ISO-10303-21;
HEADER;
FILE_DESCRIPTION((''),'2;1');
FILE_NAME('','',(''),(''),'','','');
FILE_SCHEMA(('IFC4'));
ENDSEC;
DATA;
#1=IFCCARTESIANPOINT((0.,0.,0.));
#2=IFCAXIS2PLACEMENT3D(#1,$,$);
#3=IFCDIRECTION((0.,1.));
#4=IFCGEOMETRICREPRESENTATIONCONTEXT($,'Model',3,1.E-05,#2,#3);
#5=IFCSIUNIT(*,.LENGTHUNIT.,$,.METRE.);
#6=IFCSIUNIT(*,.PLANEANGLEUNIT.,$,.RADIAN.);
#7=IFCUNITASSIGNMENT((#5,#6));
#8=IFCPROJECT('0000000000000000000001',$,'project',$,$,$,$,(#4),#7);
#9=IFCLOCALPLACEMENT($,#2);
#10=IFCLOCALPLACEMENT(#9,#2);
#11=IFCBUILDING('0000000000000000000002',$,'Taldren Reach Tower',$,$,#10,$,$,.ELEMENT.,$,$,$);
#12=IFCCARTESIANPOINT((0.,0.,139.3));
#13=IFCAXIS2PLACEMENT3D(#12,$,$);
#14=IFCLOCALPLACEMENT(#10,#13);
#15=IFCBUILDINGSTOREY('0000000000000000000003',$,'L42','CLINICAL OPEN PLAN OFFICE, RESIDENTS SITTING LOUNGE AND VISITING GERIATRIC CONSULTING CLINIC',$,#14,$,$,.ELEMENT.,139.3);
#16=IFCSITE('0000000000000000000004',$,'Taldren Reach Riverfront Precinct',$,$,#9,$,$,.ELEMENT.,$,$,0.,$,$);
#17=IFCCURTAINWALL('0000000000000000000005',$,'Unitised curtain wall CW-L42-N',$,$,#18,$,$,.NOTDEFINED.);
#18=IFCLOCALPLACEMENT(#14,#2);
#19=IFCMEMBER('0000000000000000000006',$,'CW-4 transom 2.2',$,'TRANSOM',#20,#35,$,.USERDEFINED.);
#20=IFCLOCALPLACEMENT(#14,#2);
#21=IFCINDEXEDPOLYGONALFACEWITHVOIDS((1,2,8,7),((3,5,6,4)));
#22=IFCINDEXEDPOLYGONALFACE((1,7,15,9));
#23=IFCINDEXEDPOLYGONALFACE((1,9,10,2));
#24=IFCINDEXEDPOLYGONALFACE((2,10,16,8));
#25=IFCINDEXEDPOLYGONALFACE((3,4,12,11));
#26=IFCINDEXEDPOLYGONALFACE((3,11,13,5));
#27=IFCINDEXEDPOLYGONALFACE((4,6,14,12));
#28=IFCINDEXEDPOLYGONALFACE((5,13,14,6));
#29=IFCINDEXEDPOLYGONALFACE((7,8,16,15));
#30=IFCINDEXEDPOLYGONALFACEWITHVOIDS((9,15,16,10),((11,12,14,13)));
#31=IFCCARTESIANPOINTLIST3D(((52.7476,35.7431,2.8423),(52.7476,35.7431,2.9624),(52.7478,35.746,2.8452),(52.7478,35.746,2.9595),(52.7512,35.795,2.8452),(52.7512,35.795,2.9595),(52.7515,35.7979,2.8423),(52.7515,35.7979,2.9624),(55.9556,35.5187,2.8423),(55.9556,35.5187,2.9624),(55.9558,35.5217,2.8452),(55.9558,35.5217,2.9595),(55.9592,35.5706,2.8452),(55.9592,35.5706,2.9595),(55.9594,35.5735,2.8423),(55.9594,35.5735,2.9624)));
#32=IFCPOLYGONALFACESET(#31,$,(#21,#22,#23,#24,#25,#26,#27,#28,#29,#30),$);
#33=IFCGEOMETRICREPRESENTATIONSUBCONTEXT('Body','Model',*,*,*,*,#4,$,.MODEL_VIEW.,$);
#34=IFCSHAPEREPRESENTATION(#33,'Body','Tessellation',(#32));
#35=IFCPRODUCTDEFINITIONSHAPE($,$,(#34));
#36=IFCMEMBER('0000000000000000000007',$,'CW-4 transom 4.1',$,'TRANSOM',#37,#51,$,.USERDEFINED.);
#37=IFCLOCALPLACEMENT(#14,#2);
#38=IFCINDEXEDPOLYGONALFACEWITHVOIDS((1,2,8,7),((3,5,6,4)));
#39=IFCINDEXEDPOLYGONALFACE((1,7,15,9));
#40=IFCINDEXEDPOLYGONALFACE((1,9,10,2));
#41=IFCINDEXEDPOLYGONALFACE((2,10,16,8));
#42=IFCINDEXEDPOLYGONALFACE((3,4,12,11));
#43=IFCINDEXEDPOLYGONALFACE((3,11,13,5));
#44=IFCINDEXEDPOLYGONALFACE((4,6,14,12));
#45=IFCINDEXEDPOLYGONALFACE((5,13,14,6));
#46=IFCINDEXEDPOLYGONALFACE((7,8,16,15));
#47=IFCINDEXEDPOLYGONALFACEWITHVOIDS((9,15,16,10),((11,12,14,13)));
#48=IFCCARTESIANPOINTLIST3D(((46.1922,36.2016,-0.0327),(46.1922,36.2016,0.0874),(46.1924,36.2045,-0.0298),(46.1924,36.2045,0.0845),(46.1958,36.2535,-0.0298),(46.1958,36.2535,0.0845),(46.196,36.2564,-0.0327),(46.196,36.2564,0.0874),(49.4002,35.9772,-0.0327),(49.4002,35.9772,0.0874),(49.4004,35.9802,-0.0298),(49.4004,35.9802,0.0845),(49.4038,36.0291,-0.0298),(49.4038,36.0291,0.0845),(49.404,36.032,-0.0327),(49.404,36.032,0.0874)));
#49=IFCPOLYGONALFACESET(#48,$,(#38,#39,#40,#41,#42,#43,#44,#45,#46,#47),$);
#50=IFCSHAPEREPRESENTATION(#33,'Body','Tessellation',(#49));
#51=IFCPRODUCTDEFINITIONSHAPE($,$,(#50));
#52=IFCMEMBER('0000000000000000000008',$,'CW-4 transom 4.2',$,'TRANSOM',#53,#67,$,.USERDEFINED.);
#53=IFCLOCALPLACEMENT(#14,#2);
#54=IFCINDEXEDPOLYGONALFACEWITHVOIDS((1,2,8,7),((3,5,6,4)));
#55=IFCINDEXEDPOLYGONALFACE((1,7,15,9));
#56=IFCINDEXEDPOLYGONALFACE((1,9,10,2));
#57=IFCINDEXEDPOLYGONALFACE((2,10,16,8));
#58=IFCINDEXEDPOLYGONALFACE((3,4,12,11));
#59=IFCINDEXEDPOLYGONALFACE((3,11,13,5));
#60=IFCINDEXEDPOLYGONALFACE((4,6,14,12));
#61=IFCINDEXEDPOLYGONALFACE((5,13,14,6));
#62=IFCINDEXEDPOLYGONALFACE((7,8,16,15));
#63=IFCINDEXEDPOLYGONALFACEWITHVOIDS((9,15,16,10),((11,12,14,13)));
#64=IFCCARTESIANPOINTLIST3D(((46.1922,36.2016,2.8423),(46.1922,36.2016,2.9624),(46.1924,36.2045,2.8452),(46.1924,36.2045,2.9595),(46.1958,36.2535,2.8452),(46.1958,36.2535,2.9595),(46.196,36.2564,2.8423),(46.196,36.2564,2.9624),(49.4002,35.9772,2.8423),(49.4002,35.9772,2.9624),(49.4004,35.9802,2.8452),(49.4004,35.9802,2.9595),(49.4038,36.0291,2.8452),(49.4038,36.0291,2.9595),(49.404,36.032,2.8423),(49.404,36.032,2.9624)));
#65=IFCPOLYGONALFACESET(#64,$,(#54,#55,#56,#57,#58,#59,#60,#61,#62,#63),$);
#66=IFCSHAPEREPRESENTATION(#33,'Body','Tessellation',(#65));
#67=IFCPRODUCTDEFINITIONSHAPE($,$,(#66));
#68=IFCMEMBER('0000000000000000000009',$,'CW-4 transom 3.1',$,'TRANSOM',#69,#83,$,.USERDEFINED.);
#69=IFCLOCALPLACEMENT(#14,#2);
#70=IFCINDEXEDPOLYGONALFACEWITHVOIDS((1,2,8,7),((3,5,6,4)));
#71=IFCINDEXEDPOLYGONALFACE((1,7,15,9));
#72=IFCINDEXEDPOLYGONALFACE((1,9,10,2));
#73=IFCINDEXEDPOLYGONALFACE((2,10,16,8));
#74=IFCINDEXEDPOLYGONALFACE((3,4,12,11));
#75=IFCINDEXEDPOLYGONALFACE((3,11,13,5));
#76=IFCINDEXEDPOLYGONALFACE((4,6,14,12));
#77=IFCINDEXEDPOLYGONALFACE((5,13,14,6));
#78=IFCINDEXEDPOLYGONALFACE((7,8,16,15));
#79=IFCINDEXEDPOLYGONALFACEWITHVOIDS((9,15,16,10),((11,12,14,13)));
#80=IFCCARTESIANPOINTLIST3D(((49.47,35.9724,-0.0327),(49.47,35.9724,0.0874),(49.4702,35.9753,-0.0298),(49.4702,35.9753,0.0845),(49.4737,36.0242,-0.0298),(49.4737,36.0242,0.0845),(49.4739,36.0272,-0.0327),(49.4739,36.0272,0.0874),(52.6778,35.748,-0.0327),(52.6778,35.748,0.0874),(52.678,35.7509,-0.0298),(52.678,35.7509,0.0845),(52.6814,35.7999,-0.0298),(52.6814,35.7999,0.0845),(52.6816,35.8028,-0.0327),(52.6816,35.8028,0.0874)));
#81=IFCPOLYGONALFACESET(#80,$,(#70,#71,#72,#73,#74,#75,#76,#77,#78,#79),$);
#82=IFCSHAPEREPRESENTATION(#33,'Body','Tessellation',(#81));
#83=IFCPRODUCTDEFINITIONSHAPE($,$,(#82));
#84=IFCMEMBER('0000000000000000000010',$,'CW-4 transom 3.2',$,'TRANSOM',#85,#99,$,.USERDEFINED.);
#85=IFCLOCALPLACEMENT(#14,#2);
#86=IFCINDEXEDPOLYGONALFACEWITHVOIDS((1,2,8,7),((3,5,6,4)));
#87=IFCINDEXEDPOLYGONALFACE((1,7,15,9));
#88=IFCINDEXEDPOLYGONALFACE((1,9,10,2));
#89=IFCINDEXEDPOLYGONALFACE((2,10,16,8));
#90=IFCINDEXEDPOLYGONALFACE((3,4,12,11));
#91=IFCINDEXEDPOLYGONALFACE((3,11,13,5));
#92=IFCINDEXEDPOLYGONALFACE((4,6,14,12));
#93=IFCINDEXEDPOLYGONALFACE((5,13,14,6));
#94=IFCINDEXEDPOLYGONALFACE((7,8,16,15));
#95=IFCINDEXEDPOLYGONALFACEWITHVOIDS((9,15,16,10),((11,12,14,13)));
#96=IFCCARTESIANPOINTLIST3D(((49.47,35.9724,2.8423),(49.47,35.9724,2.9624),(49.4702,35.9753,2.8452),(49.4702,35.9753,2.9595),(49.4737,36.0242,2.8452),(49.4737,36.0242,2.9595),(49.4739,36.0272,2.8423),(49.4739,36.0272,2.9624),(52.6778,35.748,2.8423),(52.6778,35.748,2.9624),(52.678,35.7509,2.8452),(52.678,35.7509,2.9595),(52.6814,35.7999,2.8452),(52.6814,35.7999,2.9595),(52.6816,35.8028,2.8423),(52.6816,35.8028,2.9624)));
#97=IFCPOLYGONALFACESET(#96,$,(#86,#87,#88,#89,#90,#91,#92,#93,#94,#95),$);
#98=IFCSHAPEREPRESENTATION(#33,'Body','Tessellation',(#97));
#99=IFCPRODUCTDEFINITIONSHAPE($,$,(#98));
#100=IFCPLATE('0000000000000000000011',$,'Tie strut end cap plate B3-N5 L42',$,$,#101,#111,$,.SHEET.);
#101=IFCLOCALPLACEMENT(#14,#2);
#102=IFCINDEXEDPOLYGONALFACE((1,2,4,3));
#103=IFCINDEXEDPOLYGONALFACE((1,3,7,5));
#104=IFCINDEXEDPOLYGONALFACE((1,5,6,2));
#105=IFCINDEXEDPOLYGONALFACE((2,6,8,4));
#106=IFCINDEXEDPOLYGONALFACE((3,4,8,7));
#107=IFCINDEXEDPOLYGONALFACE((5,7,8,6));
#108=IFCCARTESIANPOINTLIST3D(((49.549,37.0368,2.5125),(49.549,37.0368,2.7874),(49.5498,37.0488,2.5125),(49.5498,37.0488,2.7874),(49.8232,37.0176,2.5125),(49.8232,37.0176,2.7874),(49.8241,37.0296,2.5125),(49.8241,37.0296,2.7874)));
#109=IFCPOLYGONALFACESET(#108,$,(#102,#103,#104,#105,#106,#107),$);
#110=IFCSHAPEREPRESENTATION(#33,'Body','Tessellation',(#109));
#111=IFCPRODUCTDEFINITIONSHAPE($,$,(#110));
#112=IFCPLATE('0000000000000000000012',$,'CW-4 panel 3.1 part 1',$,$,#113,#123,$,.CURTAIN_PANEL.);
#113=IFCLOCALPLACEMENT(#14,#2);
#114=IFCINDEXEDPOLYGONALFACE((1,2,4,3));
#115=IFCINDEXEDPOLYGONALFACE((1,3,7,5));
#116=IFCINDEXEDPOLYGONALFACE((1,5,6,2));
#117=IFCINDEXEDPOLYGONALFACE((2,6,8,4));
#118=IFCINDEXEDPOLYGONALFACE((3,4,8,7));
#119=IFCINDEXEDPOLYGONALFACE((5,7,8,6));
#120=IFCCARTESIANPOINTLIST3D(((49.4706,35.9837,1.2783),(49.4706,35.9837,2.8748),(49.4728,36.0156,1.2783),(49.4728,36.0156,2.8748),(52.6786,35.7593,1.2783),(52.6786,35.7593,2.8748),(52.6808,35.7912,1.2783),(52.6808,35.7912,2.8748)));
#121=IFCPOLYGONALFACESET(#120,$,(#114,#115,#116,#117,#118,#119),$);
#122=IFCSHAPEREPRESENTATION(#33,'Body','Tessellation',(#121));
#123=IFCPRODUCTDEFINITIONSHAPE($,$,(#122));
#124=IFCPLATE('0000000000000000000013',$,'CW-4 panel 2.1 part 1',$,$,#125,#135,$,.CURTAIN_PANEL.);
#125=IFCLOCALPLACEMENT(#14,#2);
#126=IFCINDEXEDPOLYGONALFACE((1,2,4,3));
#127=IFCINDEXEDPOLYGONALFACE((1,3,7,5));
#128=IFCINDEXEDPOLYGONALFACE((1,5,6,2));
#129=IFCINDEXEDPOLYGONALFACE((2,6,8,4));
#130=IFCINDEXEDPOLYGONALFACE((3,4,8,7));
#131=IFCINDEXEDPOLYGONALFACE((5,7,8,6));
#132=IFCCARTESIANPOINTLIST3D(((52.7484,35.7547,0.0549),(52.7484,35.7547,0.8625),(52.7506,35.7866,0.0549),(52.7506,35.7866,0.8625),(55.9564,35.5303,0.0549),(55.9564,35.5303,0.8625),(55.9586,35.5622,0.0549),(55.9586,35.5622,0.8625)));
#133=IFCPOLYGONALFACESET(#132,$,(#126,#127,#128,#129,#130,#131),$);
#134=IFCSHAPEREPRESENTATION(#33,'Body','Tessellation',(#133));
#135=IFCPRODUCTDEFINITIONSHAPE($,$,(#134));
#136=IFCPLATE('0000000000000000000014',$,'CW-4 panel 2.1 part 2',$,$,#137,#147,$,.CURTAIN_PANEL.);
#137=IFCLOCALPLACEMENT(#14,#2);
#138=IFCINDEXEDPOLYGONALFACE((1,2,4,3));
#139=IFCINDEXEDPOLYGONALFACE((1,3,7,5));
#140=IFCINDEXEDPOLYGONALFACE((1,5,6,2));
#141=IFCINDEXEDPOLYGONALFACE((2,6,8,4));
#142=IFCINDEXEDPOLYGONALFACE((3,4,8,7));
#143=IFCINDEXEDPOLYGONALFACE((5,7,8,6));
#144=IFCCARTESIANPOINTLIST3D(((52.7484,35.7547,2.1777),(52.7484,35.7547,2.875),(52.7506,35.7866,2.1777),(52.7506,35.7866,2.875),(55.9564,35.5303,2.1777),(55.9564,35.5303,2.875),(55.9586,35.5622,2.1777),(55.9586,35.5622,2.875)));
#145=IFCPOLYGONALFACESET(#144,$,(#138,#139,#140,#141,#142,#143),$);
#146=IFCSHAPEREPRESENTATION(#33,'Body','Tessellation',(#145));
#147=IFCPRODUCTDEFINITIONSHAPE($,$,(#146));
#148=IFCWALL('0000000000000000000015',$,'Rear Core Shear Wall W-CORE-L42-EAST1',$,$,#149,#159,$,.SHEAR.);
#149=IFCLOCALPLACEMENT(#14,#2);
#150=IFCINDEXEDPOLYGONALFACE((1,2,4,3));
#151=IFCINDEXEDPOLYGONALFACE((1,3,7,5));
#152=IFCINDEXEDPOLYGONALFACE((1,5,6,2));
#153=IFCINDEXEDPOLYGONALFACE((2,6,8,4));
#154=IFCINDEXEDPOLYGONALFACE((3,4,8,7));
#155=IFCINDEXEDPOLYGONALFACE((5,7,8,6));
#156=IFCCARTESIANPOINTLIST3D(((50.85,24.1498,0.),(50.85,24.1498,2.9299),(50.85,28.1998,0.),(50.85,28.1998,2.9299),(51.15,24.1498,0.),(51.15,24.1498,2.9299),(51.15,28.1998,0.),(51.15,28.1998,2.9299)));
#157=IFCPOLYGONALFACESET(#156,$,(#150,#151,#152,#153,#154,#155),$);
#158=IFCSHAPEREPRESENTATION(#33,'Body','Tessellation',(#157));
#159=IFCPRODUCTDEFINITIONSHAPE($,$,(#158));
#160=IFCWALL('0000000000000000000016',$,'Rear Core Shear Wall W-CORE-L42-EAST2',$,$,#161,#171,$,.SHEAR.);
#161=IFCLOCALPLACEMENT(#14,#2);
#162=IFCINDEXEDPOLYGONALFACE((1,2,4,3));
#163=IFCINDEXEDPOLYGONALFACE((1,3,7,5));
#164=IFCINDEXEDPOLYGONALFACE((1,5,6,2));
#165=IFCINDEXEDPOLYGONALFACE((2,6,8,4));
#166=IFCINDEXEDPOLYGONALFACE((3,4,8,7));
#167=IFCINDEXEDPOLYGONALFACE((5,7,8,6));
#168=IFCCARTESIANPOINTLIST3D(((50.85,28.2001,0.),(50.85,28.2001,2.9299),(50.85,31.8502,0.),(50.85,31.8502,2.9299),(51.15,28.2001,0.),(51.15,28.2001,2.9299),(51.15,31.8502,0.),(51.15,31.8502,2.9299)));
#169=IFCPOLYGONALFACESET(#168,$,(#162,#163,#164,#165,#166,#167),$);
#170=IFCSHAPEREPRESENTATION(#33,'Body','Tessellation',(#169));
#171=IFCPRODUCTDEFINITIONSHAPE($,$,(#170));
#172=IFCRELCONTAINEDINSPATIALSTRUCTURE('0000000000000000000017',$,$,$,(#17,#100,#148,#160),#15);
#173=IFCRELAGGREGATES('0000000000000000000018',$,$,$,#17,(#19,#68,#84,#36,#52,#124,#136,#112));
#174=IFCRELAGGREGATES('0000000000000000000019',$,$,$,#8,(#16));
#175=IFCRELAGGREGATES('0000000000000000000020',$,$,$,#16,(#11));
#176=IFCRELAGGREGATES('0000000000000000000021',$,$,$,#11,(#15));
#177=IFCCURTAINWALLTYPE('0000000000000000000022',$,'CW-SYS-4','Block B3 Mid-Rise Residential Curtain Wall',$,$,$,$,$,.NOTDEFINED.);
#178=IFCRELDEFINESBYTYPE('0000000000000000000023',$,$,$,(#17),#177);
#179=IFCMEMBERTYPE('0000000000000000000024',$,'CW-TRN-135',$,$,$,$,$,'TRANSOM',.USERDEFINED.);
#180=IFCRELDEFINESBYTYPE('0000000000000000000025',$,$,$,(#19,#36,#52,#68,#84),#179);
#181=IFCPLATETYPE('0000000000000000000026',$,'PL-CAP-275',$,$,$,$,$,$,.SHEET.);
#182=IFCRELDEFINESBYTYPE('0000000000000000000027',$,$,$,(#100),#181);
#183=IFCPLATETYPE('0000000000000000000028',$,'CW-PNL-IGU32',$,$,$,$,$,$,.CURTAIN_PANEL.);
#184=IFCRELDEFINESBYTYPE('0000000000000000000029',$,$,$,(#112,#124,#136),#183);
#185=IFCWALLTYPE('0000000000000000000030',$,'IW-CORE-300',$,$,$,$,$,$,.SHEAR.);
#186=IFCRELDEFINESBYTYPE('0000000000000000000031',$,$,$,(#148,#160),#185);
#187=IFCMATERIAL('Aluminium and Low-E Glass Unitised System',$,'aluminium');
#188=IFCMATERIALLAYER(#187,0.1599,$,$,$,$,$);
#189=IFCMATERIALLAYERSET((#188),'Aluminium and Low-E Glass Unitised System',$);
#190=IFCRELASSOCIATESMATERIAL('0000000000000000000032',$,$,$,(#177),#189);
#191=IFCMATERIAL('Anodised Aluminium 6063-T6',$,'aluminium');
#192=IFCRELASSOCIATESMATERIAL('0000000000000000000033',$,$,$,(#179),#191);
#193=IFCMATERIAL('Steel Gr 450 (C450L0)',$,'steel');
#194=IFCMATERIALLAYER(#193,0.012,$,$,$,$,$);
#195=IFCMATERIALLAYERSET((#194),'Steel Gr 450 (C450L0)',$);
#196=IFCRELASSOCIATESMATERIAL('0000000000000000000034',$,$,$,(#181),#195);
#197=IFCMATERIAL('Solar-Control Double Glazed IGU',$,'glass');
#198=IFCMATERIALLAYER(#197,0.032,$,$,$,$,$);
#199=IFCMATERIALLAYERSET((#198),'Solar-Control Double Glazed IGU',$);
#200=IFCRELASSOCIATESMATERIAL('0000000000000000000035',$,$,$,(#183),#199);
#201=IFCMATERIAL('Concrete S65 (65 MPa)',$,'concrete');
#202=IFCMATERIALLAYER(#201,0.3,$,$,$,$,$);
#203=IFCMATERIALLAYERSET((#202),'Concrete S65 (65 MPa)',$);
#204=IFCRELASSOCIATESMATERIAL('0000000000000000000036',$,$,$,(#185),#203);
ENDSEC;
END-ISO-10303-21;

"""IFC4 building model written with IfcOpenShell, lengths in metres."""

from ifc_helpers import new_model, si_unit, direction, frame, frame_2d, origin, origin_2d, place, context, subcontext, project, spatial, rectangle, hollow_rectangle, extrude, source, transform, mapped, material, layer, layer_set, material_profile, profile_set, type_object, element, aggregate, save


model = new_model("IFC4")

# Units and contexts
model_context = context("Model", 3, precision=1e-05, world=origin(), true_north=direction((0.0, 1.0)))
body_context = subcontext(model_context, "Body", "Model", "MODEL_VIEW")
ifc_project = project(units=[si_unit("LENGTHUNIT", "METRE"), si_unit("PLANEANGLEUNIT", "RADIAN")], contexts=[model_context])

# Site, building, storey
site_placement = place(None, origin())
site = spatial("IfcSite", under=ifc_project, at=site_placement, Name="Taldren Reach Riverfront Precinct", CompositionType="ELEMENT", RefElevation=0.0)
building_placement = place(site_placement, origin())
building = spatial("IfcBuilding", under=site, at=building_placement, Name="Taldren Reach Tower", CompositionType="ELEMENT")
storey_placement = place(building_placement, frame((0.0, 0.0, 139.3)))
storey = spatial("IfcBuildingStorey", under=building, at=storey_placement, Name="L42", Description="CLINICAL OPEN PLAN OFFICE, RESIDENTS SITTING LOUNGE AND VISITING GERIATRIC CONSULTING CLINIC", CompositionType="ELEMENT", Elevation=139.3)

# Shared definitions
ifc_material_1 = material(Name="Steel Gr 450 (C450L0)", Category="steel")

# Curtain wall, members
ifc_material_2 = material(Name="Aluminium and Low-E Glass Unitised System", Category="aluminium")
ifc_layer_1 = layer(ifc_material_2, 0.1599)
ifc_layer_set_1 = layer_set([ifc_layer_1], Name="Aluminium and Low-E Glass Unitised System")
curtain_wall_type = type_object("IfcCurtainWallType", Name="CW-SYS-4", Description="Block B3 Mid-Rise Residential Curtain Wall", PredefinedType="NOTDEFINED", material=ifc_layer_set_1)
curtain_wall_placement = place(storey_placement, origin())
curtain_wall = element("IfcCurtainWall", 1, at=curtain_wall_placement, inside=storey, type_object=curtain_wall_type, Name="Unitised curtain wall CW-L42-N", PredefinedType="NOTDEFINED")
ifc_material_3 = material(Name="Anodised Aluminium 6063-T6", Category="aluminium")
ifc_material_profile_1 = material_profile(ifc_material_3, hollow_rectangle(XDim=0.0549, YDim=0.1201, WallThickness=0.0029, at=origin_2d()), Name="ALU-120x55x3RHS")
ifc_profile_set_1 = profile_set([ifc_material_profile_1], Name="Anodised Aluminium 6063-T6")
member_type_1 = type_object("IfcMemberType", Name="CW-TRN-135", ElementType="TRANSOM", PredefinedType="USERDEFINED", material=ifc_profile_set_1)
shared_shape_1 = source(origin(), body_context, "Body", "SweptSolid", [
    extrude(hollow_rectangle(XDim=0.0549, YDim=0.1201, WallThickness=0.0029, at=origin_2d()), origin(), (0.0, 0.0, 1.0), 3.2158),
])
member_1_placement = place(storey_placement, frame((55.9575, 35.5461, 2.9023), z_axis=(-0.997563, 0.069769, 0.0), x_axis=(-0.069769, -0.997563, 0.0)))
member_1 = element("IfcMember", 2, at=member_1_placement, type_object=member_type_1, Name="CW-4 transom 2.2", ObjectType="TRANSOM", PredefinedType="USERDEFINED", context=body_context, shape_type="MappedRepresentation", body=[
    mapped(shared_shape_1, transform((0.0, 0.0, 0.0), scale=1.0)),
])
member_2_placement = place(storey_placement, frame((49.4021, 36.0046, 0.0273), z_axis=(-0.997563, 0.069769, 0.0), x_axis=(-0.069769, -0.997563, 0.0)))
member_2 = element("IfcMember", 3, at=member_2_placement, type_object=member_type_1, Name="CW-4 transom 4.1", ObjectType="TRANSOM", PredefinedType="USERDEFINED", context=body_context, shape_type="MappedRepresentation", body=[
    mapped(shared_shape_1, transform((0.0, 0.0, 0.0), scale=1.0)),
])
member_3_placement = place(storey_placement, frame((49.4021, 36.0046, 2.9023), z_axis=(-0.997563, 0.069769, 0.0), x_axis=(-0.069769, -0.997563, 0.0)))
member_3 = element("IfcMember", 4, at=member_3_placement, type_object=member_type_1, Name="CW-4 transom 4.2", ObjectType="TRANSOM", PredefinedType="USERDEFINED", context=body_context, shape_type="MappedRepresentation", body=[
    mapped(shared_shape_1, transform((0.0, 0.0, 0.0), scale=1.0)),
])
shared_shape_2 = source(origin(), body_context, "Body", "SweptSolid", [
    extrude(hollow_rectangle(XDim=0.0549, YDim=0.1201, WallThickness=0.0029, at=origin_2d()), origin(), (0.0, 0.0, 1.0), 3.2156),
])
member_4_placement = place(storey_placement, frame((52.6797, 35.7754, 0.0273), z_axis=(-0.997563, 0.069774, 0.0), x_axis=(-0.069774, -0.997563, 0.0)))
member_4 = element("IfcMember", 5, at=member_4_placement, type_object=member_type_1, Name="CW-4 transom 3.1", ObjectType="TRANSOM", PredefinedType="USERDEFINED", context=body_context, shape_type="MappedRepresentation", body=[
    mapped(shared_shape_2, transform((0.0, 0.0, 0.0), scale=1.0)),
])
member_5_placement = place(storey_placement, frame((52.6797, 35.7754, 2.9023), z_axis=(-0.997563, 0.069774, 0.0), x_axis=(-0.069774, -0.997563, 0.0)))
member_5 = element("IfcMember", 6, at=member_5_placement, type_object=member_type_1, Name="CW-4 transom 3.2", ObjectType="TRANSOM", PredefinedType="USERDEFINED", context=body_context, shape_type="MappedRepresentation", body=[
    mapped(shared_shape_2, transform((0.0, 0.0, 0.0), scale=1.0)),
])

# Plates
ifc_layer_2 = layer(ifc_material_1, 0.012)
ifc_layer_set_2 = layer_set([ifc_layer_2], Name="Steel Gr 450 (C450L0)")
plate_type_1 = type_object("IfcPlateType", Name="PL-CAP-275", PredefinedType="SHEET", material=ifc_layer_set_2)
shared_shape_3 = source(origin(), body_context, "Body", "SweptSolid", [
    extrude(rectangle(XDim=0.2749, YDim=0.012, at=origin_2d()), origin(), (0.0, 0.0, 1.0), 0.2749),
])
plate_1_placement = place(storey_placement, frame((49.6865, 37.0332, 2.5125), z_axis=(0.0, 0.0, 1.0), x_axis=(0.997564, -0.069756, 0.0)))
element("IfcPlate", 7, at=plate_1_placement, inside=storey, type_object=plate_type_1, Name="Tie strut end cap plate B3-N5 L42", PredefinedType="SHEET", context=body_context, shape_type="MappedRepresentation", body=[
    mapped(shared_shape_3, transform((0.0, 0.0, 0.0), scale=1.0)),
])
ifc_material_4 = material(Name="Solar-Control Double Glazed IGU", Category="glass")
ifc_layer_3 = layer(ifc_material_4, 0.032)
ifc_layer_set_3 = layer_set([ifc_layer_3], Name="Solar-Control Double Glazed IGU")
plate_type_2 = type_object("IfcPlateType", Name="CW-PNL-IGU32", PredefinedType="CURTAIN_PANEL", material=ifc_layer_set_3)
shared_shape_4 = source(origin(), body_context, "Body", "SweptSolid", [
    extrude(rectangle(XDim=3.2158, YDim=0.032, at=origin_2d()), origin(), (0.0, 0.0, 1.0), 1.5964),
])
plate_2_placement = place(storey_placement, frame((51.0757, 35.8875, 1.2783), z_axis=(0.0, 0.0, 1.0), x_axis=(-0.997564, 0.069757, 0.0)))
plate_2 = element("IfcPlate", 8, at=plate_2_placement, type_object=plate_type_2, Name="CW-4 panel 3.1 part 1", PredefinedType="CURTAIN_PANEL", context=body_context, shape_type="MappedRepresentation", body=[
    mapped(shared_shape_4, transform((0.0, 0.0, 0.0), scale=1.0)),
])
shared_shape_5 = source(origin(), body_context, "Body", "SweptSolid", [
    extrude(rectangle(XDim=3.2158, YDim=0.032, at=origin_2d()), origin(), (0.0, 0.0, 1.0), 0.8076),
])
plate_3_placement = place(storey_placement, frame((54.3535, 35.6584, 0.0549), z_axis=(0.0, 0.0, 1.0), x_axis=(-0.997564, 0.069757, 0.0)))
plate_3 = element("IfcPlate", 9, at=plate_3_placement, type_object=plate_type_2, Name="CW-4 panel 2.1 part 1", PredefinedType="CURTAIN_PANEL", context=body_context, shape_type="MappedRepresentation", body=[
    mapped(shared_shape_5, transform((0.0, 0.0, 0.0), scale=1.0)),
])
shared_shape_6 = source(origin(), body_context, "Body", "SweptSolid", [
    extrude(rectangle(XDim=3.2158, YDim=0.032, at=origin_2d()), origin(), (0.0, 0.0, 1.0), 0.6973),
])
plate_4_placement = place(storey_placement, frame((54.3535, 35.6584, 2.1777), z_axis=(0.0, 0.0, 1.0), x_axis=(-0.997564, 0.069757, 0.0)))
plate_4 = element("IfcPlate", 10, at=plate_4_placement, type_object=plate_type_2, Name="CW-4 panel 2.1 part 2", PredefinedType="CURTAIN_PANEL", context=body_context, shape_type="MappedRepresentation", body=[
    mapped(shared_shape_6, transform((0.0, 0.0, 0.0), scale=1.0)),
])
aggregate(curtain_wall, [member_1, member_4, member_5, member_2, member_3, plate_3, plate_4, plate_2])

# Walls
ifc_material_5 = material(Name="Concrete S65 (65 MPa)", Category="concrete")
ifc_layer_4 = layer(ifc_material_5, 0.3)
ifc_layer_set_4 = layer_set([ifc_layer_4], Name="Concrete S65 (65 MPa)")
wall_type_1 = type_object("IfcWallType", Name="IW-CORE-300", PredefinedType="SHEAR", material=ifc_layer_set_4)
shared_shape_7 = source(origin(), body_context, "Body", "SweptSolid", [
    extrude(rectangle(XDim=4.05, YDim=0.3, at=frame_2d((2.0249, 0.0))), origin(), (0.0, 0.0, 1.0), 2.9299),
])
wall_1_placement = place(storey_placement, frame((51.0, 24.1499, 0.0), z_axis=(0.0, 0.0, 1.0), x_axis=(0.0, 1.0, 0.0)))
element("IfcWall", 11, at=wall_1_placement, inside=storey, type_object=wall_type_1, Name="Rear Core Shear Wall W-CORE-L42-EAST1", PredefinedType="SHEAR", context=body_context, shape_type="MappedRepresentation", body=[
    mapped(shared_shape_7, transform((0.0, 0.0, 0.0), scale=1.0)),
])
shared_shape_8 = source(origin(), body_context, "Body", "SweptSolid", [
    extrude(rectangle(XDim=3.6501, YDim=0.3, at=frame_2d((1.8252, 0.0))), origin(), (0.0, 0.0, 1.0), 2.9299),
])
wall_2_placement = place(storey_placement, frame((51.0, 28.2, 0.0), z_axis=(0.0, 0.0, 1.0), x_axis=(0.0, 1.0, 0.0)))
element("IfcWall", 12, at=wall_2_placement, inside=storey, type_object=wall_type_1, Name="Rear Core Shear Wall W-CORE-L42-EAST2", PredefinedType="SHEAR", context=body_context, shape_type="MappedRepresentation", body=[
    mapped(shared_shape_8, transform((0.0, 0.0, 0.0), scale=1.0)),
])

save(model, "model.ifc")
